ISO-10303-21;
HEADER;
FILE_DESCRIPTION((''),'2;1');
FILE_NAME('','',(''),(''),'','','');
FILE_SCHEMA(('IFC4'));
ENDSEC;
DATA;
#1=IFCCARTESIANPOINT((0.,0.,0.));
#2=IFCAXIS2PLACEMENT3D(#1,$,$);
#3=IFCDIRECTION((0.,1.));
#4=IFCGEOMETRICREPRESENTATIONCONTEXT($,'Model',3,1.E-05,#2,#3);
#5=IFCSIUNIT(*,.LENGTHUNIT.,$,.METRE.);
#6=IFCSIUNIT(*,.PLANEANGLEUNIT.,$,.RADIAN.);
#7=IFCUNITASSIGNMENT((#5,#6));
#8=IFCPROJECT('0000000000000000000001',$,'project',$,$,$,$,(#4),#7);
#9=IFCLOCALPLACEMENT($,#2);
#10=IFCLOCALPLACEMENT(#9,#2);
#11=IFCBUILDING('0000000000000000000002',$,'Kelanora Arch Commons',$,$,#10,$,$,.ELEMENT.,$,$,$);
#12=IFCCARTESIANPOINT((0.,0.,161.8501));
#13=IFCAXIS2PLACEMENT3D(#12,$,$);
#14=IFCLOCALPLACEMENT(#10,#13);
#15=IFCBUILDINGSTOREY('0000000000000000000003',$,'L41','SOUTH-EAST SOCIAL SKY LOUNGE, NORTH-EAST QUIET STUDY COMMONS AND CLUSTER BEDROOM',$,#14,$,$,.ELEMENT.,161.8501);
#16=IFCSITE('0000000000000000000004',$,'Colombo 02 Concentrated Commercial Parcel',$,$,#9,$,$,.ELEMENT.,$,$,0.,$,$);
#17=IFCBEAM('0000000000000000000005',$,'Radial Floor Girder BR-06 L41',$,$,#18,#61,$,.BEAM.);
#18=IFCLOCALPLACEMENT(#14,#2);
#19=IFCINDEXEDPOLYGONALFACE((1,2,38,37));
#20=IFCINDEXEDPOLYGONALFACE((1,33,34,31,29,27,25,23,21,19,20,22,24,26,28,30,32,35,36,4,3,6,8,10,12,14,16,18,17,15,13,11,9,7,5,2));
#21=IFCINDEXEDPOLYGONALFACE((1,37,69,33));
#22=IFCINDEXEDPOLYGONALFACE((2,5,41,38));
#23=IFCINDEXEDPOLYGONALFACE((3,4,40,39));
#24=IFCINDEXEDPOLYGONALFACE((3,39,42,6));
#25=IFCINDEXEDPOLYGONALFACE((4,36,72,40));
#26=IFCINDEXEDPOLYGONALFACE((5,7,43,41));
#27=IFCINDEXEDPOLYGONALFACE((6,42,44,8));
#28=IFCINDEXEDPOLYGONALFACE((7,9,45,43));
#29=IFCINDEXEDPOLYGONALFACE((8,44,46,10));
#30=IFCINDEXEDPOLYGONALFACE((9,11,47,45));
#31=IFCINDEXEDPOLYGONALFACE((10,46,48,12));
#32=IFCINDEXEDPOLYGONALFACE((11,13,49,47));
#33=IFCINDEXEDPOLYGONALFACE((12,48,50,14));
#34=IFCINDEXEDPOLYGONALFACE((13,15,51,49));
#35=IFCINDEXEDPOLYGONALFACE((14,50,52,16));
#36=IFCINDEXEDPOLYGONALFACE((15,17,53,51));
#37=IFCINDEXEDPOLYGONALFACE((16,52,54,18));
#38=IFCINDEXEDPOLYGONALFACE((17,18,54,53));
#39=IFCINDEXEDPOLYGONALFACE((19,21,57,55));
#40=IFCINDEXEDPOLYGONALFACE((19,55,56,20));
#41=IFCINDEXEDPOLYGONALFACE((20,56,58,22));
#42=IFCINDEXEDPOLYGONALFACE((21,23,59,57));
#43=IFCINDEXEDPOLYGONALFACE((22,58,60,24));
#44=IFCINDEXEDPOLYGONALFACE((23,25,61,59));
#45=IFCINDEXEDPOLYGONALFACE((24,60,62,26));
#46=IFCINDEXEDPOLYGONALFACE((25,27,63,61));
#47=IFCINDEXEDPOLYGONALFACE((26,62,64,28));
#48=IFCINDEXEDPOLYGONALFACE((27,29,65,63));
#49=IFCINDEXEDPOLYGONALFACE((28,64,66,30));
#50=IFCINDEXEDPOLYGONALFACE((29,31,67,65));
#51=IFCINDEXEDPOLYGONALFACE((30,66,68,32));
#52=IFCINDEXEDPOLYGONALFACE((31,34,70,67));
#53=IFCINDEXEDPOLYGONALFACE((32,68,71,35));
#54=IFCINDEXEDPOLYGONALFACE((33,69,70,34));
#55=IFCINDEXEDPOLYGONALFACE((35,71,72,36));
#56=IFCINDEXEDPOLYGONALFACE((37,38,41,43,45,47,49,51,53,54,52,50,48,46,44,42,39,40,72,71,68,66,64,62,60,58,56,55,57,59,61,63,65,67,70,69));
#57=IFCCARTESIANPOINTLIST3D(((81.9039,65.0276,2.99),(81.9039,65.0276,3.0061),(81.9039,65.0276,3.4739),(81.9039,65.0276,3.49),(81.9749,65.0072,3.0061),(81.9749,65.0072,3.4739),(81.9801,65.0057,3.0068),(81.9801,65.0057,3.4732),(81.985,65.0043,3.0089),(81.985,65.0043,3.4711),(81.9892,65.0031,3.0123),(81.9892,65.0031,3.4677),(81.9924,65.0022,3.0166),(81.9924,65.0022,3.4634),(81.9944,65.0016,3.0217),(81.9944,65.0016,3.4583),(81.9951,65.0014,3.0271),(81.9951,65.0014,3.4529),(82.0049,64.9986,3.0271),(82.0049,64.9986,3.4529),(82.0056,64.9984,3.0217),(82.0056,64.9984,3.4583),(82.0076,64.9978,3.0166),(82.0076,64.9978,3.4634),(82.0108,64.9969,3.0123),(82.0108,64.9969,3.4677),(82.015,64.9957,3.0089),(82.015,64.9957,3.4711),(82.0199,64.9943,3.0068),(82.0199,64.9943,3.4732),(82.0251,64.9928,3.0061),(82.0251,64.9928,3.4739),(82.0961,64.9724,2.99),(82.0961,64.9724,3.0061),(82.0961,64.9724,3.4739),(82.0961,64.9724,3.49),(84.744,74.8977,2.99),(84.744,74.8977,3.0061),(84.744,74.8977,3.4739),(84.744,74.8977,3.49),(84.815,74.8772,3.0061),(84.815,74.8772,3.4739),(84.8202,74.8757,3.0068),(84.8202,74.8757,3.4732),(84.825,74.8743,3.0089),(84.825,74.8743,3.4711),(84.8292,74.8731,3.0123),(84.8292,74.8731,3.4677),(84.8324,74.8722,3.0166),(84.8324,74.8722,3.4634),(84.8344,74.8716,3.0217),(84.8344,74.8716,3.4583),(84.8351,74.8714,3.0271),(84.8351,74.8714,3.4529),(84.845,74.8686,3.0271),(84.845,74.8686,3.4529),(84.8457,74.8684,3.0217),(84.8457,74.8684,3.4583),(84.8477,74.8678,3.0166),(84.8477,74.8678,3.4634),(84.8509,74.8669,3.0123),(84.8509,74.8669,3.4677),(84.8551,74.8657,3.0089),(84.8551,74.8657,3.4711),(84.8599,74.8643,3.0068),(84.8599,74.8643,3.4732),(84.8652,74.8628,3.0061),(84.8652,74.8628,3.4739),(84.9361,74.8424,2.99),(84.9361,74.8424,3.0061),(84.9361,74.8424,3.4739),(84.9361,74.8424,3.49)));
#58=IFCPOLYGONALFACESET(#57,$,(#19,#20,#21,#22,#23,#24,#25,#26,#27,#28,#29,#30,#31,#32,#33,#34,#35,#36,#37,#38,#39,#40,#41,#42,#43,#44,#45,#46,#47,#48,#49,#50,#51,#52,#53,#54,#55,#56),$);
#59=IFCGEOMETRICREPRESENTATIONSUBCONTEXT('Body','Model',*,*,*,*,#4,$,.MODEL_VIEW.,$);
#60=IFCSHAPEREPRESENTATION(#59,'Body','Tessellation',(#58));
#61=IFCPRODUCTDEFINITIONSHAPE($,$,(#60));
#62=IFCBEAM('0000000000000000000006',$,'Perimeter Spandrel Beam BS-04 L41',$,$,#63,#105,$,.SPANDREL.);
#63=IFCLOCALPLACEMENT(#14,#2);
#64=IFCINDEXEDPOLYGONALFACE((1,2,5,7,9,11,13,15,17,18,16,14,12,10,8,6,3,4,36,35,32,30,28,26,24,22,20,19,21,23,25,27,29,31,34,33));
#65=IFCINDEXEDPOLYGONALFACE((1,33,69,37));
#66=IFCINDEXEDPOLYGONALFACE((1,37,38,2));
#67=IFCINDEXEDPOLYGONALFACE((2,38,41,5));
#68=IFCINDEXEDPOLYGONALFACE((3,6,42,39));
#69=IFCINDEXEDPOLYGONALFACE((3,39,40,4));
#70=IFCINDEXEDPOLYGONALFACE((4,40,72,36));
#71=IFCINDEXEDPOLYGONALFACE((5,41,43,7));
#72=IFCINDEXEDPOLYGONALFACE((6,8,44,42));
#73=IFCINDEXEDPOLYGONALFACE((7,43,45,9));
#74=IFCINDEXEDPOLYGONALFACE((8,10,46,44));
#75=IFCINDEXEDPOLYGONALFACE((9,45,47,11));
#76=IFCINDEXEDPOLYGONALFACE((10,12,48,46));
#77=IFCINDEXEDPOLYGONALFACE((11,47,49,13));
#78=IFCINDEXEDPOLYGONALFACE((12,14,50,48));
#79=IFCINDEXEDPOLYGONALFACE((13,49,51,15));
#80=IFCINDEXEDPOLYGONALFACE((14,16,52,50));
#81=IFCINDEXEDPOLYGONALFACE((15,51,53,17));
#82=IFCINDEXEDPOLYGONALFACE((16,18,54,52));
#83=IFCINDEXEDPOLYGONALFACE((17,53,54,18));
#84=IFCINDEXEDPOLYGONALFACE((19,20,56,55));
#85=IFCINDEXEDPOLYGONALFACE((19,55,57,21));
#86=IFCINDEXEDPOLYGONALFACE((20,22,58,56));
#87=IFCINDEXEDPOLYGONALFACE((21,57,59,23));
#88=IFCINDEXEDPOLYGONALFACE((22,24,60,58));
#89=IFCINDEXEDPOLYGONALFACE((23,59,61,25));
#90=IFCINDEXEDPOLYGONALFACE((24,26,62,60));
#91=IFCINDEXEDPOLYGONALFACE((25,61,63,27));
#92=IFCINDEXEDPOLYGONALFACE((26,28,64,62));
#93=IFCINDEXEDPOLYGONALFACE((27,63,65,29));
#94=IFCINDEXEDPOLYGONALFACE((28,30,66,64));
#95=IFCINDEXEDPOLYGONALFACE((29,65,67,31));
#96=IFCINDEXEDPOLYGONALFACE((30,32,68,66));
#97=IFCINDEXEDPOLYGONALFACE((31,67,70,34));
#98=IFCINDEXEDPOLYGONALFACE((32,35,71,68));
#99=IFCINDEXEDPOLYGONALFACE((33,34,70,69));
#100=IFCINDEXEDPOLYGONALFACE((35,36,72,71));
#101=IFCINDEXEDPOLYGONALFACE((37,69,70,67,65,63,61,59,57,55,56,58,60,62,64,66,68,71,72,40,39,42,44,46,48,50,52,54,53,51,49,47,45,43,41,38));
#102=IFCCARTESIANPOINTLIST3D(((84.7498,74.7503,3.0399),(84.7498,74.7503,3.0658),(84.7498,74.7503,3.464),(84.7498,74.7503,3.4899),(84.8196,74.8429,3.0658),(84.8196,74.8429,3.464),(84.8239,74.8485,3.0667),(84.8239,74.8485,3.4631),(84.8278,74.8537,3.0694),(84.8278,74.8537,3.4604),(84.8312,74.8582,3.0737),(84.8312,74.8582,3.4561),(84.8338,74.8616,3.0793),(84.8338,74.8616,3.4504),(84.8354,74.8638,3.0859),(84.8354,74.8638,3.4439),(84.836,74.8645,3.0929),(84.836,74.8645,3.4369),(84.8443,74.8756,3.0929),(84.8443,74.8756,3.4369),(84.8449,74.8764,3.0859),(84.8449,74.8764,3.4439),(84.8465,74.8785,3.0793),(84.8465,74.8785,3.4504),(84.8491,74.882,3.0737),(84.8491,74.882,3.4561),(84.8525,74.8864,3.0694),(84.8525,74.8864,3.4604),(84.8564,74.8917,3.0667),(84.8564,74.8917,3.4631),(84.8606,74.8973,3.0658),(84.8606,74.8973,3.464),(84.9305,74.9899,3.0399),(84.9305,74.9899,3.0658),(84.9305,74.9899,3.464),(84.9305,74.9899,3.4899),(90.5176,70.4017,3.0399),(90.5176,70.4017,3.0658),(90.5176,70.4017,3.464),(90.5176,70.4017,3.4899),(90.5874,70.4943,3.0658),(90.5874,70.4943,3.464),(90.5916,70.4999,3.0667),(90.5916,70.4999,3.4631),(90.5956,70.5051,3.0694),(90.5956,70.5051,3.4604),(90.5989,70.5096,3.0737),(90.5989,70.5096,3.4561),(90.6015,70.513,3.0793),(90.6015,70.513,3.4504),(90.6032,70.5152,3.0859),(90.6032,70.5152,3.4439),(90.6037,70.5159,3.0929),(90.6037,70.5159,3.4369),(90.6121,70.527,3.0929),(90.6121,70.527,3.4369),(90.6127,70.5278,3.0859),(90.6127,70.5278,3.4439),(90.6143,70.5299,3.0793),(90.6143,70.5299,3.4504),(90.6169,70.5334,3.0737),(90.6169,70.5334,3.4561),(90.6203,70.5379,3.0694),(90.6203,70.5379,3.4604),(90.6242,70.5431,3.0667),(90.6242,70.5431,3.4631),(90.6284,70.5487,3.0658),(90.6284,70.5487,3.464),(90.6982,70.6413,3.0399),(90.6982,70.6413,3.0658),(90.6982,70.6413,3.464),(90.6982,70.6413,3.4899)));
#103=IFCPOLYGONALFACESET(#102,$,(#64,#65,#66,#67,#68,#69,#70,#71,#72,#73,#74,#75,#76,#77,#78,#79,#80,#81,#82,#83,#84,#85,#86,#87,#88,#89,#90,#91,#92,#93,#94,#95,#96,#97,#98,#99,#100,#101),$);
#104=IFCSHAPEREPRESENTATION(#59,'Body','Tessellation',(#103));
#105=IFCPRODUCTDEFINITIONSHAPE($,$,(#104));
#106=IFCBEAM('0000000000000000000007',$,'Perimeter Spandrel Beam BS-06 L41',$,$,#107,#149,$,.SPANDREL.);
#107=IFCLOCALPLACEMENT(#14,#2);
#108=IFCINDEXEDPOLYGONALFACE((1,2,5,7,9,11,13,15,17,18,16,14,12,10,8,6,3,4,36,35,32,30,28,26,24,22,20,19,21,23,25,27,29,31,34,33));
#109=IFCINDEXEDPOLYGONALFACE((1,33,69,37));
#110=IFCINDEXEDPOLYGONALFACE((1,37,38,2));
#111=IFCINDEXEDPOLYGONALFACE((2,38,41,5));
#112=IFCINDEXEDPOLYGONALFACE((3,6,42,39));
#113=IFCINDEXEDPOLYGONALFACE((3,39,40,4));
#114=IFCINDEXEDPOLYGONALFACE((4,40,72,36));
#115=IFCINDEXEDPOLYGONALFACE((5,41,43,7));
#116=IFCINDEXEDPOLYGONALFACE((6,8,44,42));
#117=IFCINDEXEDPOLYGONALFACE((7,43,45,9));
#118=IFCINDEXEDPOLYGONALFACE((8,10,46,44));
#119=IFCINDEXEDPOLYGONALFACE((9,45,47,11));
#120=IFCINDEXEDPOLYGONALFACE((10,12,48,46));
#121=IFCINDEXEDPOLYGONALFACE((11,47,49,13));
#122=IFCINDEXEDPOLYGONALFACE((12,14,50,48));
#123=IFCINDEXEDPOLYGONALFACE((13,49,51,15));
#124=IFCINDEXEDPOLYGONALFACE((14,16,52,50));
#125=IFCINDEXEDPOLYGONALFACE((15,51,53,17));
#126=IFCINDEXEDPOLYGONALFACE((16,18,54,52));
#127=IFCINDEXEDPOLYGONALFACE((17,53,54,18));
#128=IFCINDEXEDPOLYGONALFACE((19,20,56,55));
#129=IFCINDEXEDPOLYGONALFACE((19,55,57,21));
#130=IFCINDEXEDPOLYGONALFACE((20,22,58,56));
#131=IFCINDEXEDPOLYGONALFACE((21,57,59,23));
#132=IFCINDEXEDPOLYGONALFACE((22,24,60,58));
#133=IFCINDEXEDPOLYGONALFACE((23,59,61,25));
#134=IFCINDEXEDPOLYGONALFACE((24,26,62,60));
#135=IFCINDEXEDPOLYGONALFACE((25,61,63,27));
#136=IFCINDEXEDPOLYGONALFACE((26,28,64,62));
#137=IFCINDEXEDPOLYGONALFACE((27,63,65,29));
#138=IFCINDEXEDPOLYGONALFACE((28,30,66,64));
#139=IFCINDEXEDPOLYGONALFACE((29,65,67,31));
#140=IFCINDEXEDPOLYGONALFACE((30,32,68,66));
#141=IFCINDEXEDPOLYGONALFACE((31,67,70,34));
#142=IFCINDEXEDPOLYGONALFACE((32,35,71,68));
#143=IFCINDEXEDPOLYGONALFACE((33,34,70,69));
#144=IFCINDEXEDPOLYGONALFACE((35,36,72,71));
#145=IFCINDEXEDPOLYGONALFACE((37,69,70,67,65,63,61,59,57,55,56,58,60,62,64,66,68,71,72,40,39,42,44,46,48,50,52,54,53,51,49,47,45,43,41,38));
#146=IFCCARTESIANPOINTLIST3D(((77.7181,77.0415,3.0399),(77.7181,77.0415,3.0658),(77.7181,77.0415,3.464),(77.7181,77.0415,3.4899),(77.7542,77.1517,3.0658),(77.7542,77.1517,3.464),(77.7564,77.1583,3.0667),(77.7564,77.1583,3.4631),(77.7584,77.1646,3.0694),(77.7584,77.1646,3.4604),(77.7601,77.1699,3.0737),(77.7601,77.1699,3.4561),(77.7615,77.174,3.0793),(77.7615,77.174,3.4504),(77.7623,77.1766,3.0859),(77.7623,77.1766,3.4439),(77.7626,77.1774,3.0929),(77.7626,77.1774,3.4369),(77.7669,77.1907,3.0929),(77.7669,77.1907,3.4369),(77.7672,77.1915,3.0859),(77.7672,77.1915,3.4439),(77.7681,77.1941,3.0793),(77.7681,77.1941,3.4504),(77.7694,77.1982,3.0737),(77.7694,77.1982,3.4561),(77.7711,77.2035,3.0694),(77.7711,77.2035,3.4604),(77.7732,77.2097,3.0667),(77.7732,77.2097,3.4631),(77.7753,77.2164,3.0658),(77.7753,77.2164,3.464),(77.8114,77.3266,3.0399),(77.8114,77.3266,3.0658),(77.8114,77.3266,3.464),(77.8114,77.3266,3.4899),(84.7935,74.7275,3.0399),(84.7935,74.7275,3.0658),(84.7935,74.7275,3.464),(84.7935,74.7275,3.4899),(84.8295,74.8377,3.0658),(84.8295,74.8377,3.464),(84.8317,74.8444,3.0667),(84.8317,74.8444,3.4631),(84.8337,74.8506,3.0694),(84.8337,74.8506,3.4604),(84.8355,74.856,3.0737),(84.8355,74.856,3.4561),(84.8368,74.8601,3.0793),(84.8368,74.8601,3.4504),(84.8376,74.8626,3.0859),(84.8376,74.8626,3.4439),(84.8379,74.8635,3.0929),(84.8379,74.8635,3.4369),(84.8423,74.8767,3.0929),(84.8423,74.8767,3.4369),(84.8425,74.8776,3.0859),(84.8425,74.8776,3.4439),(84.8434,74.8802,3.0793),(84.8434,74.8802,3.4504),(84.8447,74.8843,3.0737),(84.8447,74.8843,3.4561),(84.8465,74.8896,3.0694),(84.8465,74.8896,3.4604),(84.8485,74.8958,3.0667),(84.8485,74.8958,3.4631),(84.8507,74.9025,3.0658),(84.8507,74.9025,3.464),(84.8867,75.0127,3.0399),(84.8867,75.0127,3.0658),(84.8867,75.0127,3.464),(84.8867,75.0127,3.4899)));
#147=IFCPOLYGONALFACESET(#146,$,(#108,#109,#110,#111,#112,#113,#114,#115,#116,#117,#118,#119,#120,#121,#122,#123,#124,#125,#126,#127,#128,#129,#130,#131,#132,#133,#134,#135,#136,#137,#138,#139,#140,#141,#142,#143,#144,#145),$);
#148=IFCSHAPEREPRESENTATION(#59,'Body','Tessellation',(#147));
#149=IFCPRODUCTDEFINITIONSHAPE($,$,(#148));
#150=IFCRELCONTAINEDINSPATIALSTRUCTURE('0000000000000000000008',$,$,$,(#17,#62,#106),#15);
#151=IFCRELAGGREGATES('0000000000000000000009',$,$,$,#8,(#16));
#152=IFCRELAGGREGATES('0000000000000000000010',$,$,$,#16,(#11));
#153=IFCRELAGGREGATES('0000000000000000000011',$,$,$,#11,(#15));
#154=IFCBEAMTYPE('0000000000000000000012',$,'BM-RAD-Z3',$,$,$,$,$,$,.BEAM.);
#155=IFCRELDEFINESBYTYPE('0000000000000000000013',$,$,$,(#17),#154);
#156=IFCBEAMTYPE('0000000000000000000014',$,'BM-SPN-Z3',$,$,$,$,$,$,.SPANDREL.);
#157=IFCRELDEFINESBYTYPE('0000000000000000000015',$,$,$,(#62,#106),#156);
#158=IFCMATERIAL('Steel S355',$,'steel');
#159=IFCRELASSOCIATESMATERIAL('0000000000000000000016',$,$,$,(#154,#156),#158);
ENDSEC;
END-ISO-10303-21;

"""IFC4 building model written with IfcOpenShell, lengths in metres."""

from ifc_helpers import new_model, si_unit, direction, frame, origin, origin_2d, place, context, subcontext, project, spatial, i_section, extrude, material, material_profile, profile_set, type_object, element, save


model = new_model("IFC4")

# Units and contexts
model_context = context("Model", 3, precision=1e-05, world=origin(), true_north=direction((0.0, 1.0)))
body_context = subcontext(model_context, "Body", "Model", "MODEL_VIEW")
ifc_project = project(units=[si_unit("LENGTHUNIT", "METRE"), si_unit("PLANEANGLEUNIT", "RADIAN")], contexts=[model_context])

# Site, building, storey
site_placement = place(None, origin())
site = spatial("IfcSite", under=ifc_project, at=site_placement, Name="Colombo 02 Concentrated Commercial Parcel", CompositionType="ELEMENT", RefElevation=0.0)
building_placement = place(site_placement, origin())
building = spatial("IfcBuilding", under=site, at=building_placement, Name="Kelanora Arch Commons", CompositionType="ELEMENT")
storey_placement = place(building_placement, frame((0.0, 0.0, 161.8501)))
storey = spatial("IfcBuildingStorey", under=building, at=storey_placement, Name="L41", Description="SOUTH-EAST SOCIAL SKY LOUNGE, NORTH-EAST QUIET STUDY COMMONS AND CLUSTER BEDROOM", CompositionType="ELEMENT", Elevation=161.8501)

# Beams
ifc_material_1 = material(Name="Steel S355", Category="steel")
ifc_material_profile_1 = material_profile(ifc_material_1, i_section(OverallWidth=0.2, OverallDepth=0.5, WebThickness=0.0103, FlangeThickness=0.0161, FilletRadius=0.021, at=origin_2d()), Name="IPE500")
ifc_profile_set_1 = profile_set([ifc_material_profile_1], Name="Steel S355")
beam_type_1 = type_object("IfcBeamType", Name="BM-RAD-Z3", PredefinedType="BEAM", material=ifc_profile_set_1)
beam_1_placement = place(storey_placement, frame((82.0, 65.0, 3.24), z_axis=(0.276526, 0.961006, 0.0), x_axis=(-0.961006, 0.276526, 0.0)))
element("IfcBeam", 1, at=beam_1_placement, inside=storey, type_object=beam_type_1, Name="Radial Floor Girder BR-06 L41", PredefinedType="BEAM", context=body_context, shape_type="SweptSolid", body=[
    extrude(i_section(OverallWidth=0.2, OverallDepth=0.5, WebThickness=0.0103, FlangeThickness=0.0161, FilletRadius=0.021, at=origin_2d()), origin(), (0.0, 0.0, 1.0), 10.2705),
])
ifc_material_profile_2 = material_profile(ifc_material_1, i_section(OverallWidth=0.3, OverallDepth=0.45, WebThickness=0.0139, FlangeThickness=0.0259, FilletRadius=0.0271, at=origin_2d()), Name="HEB450")
ifc_profile_set_2 = profile_set([ifc_material_profile_2], Name="Steel S355")
beam_type_2 = type_object("IfcBeamType", Name="BM-SPN-Z3", PredefinedType="SPANDREL", material=ifc_profile_set_2)
beam_2_placement = place(storey_placement, frame((90.6079, 70.5215, 3.2649), z_axis=(-0.798485, 0.602015, 0.0), x_axis=(-0.602015, -0.798485, 0.0)))
element("IfcBeam", 2, at=beam_2_placement, inside=storey, type_object=beam_type_2, Name="Perimeter Spandrel Beam BS-04 L41", PredefinedType="SPANDREL", context=body_context, shape_type="SweptSolid", body=[
    extrude(i_section(OverallWidth=0.3, OverallDepth=0.45, WebThickness=0.0139, FlangeThickness=0.0259, FilletRadius=0.0271, at=origin_2d()), origin(), (0.0, 0.0, 1.0), 7.2234),
])
beam_3_placement = place(storey_placement, frame((84.8401, 74.8701, 3.2649), z_axis=(-0.950462, 0.310841, 0.0), x_axis=(-0.310841, -0.950462, 0.0)))
element("IfcBeam", 3, at=beam_3_placement, inside=storey, type_object=beam_type_2, Name="Perimeter Spandrel Beam BS-06 L41", PredefinedType="SPANDREL", context=body_context, shape_type="SweptSolid", body=[
    extrude(i_section(OverallWidth=0.3, OverallDepth=0.45, WebThickness=0.0139, FlangeThickness=0.0259, FilletRadius=0.0271, at=origin_2d()), origin(), (0.0, 0.0, 1.0), 7.4441),
])

save(model, "model.ifc")
